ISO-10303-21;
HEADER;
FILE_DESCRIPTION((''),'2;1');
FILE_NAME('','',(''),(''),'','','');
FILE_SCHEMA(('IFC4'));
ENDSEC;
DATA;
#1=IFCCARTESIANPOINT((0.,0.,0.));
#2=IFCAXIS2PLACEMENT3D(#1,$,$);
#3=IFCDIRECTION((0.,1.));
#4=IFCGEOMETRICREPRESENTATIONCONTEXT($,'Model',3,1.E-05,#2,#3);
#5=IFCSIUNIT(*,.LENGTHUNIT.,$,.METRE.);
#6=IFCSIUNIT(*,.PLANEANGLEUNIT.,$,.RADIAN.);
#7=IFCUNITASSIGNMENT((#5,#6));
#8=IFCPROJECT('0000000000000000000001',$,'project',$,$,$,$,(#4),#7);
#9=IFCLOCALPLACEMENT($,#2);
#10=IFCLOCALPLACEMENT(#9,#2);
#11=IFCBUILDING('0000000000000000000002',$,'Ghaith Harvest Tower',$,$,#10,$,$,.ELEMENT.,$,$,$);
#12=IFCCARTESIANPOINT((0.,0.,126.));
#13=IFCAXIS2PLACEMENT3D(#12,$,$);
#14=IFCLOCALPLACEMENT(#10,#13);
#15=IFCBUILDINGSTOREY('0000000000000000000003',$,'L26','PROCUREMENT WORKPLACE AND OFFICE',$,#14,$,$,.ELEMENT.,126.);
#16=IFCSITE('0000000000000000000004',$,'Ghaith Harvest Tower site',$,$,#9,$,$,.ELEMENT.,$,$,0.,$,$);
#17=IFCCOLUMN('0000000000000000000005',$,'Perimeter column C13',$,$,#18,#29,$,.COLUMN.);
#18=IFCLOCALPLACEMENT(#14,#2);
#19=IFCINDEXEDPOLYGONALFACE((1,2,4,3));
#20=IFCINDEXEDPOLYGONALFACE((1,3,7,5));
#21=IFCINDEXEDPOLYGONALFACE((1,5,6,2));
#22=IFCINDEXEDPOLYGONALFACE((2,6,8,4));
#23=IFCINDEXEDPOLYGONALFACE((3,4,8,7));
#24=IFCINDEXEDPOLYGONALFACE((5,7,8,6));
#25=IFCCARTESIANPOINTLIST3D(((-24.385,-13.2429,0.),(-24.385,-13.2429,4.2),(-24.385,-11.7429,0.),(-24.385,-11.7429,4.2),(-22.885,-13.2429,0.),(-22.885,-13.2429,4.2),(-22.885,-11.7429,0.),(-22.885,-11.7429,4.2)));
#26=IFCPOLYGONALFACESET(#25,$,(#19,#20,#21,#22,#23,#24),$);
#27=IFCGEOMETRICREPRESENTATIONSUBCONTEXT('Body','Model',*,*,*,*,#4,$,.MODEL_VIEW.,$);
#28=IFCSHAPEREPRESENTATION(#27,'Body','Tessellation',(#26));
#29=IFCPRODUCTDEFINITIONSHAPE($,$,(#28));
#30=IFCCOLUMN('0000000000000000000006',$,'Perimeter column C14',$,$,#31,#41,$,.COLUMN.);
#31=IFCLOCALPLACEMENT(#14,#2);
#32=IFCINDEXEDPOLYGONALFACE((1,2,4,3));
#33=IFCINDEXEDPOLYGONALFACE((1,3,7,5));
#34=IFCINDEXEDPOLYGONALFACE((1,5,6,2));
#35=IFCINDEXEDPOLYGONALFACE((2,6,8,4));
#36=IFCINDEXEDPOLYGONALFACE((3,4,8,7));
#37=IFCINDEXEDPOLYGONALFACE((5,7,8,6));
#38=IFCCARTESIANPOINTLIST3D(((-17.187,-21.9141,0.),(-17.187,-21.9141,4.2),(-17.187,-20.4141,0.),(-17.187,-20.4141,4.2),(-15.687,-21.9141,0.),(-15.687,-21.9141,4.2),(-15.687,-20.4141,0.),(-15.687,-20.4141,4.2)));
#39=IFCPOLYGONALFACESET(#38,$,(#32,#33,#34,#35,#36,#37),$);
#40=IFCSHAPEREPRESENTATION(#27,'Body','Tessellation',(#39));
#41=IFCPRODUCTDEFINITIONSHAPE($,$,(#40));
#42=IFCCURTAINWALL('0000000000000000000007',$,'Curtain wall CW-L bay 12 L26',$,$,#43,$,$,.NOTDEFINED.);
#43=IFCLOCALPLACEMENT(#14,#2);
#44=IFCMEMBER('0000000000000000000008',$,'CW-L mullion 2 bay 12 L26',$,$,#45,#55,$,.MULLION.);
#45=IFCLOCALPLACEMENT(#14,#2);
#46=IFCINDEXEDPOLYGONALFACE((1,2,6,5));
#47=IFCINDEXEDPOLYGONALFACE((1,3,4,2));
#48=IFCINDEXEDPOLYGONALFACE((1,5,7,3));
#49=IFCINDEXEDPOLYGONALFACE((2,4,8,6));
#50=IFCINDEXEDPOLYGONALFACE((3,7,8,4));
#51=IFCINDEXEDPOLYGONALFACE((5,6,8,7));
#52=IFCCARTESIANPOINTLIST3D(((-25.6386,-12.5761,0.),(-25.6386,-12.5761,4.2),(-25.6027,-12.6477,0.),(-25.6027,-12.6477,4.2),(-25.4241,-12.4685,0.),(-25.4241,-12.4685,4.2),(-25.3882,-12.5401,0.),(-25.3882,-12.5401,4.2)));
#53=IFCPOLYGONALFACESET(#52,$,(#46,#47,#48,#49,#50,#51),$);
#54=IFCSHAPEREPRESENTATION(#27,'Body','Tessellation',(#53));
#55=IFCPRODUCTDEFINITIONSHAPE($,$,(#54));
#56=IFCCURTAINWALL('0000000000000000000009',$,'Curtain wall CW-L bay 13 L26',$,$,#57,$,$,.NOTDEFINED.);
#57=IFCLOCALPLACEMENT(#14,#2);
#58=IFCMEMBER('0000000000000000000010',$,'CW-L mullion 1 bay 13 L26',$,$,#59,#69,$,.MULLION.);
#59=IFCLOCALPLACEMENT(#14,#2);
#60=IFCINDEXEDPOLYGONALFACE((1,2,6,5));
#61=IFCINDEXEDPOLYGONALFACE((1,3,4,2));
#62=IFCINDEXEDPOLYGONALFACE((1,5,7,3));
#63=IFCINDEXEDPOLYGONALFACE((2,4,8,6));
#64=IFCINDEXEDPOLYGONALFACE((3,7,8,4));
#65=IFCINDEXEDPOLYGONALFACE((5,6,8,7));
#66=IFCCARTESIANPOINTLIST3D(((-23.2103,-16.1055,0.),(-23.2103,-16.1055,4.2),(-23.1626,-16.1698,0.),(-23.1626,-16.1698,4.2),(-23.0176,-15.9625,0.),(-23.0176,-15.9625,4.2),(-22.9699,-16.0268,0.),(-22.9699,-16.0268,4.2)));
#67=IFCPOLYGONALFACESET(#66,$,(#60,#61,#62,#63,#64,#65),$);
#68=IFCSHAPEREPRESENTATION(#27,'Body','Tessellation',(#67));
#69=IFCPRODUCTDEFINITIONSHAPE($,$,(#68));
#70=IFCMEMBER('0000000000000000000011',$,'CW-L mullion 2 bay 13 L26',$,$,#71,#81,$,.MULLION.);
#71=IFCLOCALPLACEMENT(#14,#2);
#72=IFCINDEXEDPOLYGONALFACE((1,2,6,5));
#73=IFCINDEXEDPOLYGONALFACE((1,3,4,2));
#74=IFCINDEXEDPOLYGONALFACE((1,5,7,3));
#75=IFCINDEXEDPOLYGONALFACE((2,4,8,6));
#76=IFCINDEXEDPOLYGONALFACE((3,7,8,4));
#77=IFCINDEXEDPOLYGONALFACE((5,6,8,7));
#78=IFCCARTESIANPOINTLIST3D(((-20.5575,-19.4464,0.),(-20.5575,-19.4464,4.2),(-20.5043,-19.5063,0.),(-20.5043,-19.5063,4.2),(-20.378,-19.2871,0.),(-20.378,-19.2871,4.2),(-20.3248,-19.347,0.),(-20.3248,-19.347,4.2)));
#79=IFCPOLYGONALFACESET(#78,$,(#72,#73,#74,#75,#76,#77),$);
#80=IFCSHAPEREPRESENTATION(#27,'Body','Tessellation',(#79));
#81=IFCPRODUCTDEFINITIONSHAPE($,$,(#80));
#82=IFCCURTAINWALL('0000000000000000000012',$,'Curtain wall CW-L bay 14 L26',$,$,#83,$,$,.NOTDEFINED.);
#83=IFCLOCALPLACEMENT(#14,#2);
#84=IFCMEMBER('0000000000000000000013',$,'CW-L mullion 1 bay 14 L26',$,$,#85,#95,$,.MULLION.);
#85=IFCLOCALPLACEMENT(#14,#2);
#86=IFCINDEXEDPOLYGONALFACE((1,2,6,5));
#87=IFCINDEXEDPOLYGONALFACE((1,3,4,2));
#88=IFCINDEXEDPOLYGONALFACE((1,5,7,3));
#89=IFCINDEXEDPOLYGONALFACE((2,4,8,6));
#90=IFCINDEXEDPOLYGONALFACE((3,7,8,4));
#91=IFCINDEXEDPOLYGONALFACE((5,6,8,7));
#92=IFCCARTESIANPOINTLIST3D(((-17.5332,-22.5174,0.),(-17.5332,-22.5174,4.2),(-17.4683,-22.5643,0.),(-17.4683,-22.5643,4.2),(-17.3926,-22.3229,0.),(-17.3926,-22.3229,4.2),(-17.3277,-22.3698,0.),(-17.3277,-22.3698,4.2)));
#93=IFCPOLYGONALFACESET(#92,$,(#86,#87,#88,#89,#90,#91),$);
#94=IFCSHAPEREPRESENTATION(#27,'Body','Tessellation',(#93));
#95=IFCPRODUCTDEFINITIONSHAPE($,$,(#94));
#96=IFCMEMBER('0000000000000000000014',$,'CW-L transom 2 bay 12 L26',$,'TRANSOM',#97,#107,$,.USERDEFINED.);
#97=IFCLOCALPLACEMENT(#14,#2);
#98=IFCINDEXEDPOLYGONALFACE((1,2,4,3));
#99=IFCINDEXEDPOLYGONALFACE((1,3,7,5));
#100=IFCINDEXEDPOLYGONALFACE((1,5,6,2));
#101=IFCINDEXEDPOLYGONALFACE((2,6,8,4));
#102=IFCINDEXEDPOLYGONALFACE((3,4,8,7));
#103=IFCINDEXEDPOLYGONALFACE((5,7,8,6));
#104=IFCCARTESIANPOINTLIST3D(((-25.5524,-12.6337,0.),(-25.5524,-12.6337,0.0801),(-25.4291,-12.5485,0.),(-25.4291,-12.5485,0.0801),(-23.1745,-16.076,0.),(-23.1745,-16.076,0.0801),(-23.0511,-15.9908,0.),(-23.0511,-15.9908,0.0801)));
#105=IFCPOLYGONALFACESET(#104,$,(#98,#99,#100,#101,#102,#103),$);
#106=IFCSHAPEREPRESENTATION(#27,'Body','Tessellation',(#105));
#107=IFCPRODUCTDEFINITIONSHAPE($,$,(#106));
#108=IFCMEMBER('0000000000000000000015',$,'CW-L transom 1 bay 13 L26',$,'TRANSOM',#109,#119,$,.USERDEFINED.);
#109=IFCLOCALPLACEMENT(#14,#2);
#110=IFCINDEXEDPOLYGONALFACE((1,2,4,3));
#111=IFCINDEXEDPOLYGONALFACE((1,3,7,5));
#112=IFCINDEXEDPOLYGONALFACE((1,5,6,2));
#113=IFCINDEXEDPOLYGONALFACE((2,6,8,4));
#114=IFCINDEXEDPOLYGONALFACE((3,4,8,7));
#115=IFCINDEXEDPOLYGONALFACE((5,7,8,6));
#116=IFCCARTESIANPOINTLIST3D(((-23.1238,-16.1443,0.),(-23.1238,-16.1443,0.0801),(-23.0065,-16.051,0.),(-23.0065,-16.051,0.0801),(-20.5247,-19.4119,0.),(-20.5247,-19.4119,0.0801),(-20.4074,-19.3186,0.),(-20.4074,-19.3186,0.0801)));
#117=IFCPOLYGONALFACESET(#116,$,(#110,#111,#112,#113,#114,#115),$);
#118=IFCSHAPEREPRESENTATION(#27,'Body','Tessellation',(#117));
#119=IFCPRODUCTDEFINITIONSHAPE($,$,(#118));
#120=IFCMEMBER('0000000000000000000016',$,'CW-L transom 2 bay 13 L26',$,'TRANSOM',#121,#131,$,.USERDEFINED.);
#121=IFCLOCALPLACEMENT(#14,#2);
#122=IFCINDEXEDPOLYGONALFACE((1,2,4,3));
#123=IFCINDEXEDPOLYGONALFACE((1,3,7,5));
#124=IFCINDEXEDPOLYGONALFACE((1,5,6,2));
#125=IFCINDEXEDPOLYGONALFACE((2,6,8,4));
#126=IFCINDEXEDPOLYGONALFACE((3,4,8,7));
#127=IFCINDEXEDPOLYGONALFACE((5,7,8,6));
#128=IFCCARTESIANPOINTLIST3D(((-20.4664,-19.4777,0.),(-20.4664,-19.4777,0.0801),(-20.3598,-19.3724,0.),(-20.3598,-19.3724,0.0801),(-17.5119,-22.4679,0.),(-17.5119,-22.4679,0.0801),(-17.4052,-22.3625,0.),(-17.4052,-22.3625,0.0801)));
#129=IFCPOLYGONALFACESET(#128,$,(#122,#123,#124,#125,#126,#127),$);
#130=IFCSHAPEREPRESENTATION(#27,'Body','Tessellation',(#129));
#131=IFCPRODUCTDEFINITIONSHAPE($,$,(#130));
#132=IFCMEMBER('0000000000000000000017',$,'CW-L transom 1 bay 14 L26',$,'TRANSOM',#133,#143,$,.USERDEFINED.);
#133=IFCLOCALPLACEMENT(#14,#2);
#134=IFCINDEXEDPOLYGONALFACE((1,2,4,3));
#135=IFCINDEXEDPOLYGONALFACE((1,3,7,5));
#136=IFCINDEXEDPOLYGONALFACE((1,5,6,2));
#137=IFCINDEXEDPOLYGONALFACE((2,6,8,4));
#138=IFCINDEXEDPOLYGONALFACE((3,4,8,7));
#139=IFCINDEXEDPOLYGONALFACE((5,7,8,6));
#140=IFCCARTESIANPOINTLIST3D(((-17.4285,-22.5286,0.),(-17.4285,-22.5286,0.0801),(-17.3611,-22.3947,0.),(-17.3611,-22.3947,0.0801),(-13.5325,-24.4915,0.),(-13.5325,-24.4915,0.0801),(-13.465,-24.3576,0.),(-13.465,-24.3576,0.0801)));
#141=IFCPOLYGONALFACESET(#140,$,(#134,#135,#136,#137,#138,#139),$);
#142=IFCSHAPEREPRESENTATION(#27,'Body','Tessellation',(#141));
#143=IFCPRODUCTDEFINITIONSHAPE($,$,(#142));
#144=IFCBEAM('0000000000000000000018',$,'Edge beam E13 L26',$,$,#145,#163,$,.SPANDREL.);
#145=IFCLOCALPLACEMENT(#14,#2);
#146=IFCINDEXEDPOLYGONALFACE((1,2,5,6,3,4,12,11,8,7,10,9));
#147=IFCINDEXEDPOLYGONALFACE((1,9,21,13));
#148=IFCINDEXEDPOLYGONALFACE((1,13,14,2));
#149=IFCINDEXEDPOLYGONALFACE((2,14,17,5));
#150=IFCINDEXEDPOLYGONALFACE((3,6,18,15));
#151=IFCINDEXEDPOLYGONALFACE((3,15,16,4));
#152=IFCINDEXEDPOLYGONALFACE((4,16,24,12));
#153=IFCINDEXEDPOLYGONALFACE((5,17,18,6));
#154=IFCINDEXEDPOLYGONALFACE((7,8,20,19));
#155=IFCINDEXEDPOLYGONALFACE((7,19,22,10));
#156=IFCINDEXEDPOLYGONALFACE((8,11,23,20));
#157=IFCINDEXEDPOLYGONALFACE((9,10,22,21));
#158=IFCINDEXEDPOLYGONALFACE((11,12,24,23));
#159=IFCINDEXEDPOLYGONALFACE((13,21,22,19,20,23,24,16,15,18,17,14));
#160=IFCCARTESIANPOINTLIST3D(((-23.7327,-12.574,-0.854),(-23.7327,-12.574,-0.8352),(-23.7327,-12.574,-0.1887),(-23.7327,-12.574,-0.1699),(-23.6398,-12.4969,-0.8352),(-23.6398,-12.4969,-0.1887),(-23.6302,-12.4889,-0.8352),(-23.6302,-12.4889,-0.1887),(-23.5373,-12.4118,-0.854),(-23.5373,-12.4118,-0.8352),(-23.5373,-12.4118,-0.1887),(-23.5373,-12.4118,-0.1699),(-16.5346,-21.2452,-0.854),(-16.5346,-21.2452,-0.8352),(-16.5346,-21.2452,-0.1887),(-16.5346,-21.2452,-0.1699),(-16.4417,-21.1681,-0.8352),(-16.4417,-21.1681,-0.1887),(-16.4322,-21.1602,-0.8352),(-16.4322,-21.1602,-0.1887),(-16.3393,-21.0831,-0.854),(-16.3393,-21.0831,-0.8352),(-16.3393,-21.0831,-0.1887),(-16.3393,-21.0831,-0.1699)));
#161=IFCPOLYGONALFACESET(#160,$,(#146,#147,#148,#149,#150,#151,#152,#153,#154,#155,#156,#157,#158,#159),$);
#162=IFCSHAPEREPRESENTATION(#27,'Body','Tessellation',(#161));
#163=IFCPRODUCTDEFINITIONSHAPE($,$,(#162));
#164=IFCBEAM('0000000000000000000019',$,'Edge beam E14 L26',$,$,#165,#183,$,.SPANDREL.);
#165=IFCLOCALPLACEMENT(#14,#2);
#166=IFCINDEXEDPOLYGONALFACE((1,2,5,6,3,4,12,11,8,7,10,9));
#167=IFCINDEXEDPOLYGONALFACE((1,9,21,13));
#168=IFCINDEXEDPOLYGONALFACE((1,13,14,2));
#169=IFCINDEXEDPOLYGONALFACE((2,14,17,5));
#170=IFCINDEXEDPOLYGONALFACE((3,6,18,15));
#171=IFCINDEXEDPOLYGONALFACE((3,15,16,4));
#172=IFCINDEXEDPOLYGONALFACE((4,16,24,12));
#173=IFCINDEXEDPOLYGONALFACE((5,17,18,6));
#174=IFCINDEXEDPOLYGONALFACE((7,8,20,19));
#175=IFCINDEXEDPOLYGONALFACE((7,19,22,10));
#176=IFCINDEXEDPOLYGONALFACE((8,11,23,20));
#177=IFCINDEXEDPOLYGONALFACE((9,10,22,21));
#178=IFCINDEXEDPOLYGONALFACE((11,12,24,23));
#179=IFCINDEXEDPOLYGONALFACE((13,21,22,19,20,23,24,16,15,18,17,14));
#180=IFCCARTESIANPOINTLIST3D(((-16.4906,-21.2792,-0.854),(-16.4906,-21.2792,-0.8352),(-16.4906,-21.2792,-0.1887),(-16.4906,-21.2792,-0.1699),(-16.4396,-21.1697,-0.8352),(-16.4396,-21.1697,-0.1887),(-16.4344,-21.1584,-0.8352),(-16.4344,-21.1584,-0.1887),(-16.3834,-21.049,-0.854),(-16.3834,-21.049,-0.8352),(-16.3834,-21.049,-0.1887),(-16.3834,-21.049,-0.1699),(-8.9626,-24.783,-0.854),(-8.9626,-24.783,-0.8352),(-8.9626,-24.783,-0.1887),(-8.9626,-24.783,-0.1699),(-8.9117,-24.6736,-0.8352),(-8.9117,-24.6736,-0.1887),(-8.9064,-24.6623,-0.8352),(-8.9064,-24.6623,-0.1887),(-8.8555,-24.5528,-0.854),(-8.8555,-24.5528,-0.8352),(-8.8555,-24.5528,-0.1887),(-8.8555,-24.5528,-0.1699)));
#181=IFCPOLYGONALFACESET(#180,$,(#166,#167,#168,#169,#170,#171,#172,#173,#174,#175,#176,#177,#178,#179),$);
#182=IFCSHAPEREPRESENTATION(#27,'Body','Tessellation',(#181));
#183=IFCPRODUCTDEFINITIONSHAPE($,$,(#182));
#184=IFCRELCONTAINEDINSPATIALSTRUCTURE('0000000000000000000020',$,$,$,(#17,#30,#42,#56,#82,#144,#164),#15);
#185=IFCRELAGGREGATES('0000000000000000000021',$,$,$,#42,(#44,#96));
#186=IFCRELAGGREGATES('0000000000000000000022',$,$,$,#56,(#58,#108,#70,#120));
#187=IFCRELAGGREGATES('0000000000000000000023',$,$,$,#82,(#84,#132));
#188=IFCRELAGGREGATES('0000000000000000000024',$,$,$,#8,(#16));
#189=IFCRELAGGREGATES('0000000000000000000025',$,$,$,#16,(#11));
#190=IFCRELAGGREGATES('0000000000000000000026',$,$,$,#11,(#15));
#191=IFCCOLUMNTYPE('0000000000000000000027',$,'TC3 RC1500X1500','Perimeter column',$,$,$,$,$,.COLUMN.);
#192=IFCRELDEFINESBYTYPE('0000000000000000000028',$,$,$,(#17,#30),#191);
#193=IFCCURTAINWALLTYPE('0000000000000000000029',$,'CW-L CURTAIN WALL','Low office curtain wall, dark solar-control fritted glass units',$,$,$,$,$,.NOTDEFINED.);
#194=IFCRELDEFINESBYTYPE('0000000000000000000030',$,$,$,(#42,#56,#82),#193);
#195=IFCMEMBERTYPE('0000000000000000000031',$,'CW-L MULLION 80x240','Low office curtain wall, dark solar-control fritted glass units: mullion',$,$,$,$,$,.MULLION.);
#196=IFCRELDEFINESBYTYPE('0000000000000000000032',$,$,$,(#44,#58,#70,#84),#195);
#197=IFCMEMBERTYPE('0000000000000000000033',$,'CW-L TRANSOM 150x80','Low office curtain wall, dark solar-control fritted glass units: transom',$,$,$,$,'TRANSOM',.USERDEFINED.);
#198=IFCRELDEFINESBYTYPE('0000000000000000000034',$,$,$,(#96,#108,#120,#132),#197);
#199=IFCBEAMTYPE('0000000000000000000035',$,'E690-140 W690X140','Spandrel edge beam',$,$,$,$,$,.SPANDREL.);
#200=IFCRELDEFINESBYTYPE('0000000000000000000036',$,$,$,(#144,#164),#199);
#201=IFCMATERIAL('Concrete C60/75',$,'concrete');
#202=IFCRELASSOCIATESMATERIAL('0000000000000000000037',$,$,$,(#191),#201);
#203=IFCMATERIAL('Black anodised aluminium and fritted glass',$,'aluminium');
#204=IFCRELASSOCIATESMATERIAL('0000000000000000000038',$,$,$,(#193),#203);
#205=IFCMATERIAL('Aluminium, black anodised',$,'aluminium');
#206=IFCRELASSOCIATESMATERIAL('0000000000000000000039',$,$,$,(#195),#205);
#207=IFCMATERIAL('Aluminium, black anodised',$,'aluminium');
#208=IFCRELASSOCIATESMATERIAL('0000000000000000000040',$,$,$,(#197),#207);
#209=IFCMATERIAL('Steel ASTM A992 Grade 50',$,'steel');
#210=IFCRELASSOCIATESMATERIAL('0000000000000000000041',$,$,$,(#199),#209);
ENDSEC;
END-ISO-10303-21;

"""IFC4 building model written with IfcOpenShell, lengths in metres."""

from ifc_helpers import new_model, si_unit, direction, frame, origin, origin_2d, place, context, subcontext, project, spatial, rectangle, i_section, extrude, material, material_profile, profile_set, type_object, element, aggregate, save


model = new_model("IFC4")

# Units and contexts
model_context = context("Model", 3, precision=1e-05, world=origin(), true_north=direction((0.0, 1.0)))
body_context = subcontext(model_context, "Body", "Model", "MODEL_VIEW")
ifc_project = project(units=[si_unit("LENGTHUNIT", "METRE"), si_unit("PLANEANGLEUNIT", "RADIAN")], contexts=[model_context])

# Site, building, storey
site_placement = place(None, origin())
site = spatial("IfcSite", under=ifc_project, at=site_placement, Name="Ghaith Harvest Tower site", CompositionType="ELEMENT", RefElevation=0.0)
building_placement = place(site_placement, origin())
building = spatial("IfcBuilding", under=site, at=building_placement, Name="Ghaith Harvest Tower", CompositionType="ELEMENT")
storey_placement = place(building_placement, frame((0.0, 0.0, 126.0)))
storey = spatial("IfcBuildingStorey", under=building, at=storey_placement, Name="L26", Description="PROCUREMENT WORKPLACE AND OFFICE", CompositionType="ELEMENT", Elevation=126.0)

# Columns
ifc_material_1 = material(Name="Concrete C60/75", Category="concrete")
ifc_material_profile_1 = material_profile(ifc_material_1, rectangle(XDim=1.5, YDim=1.5, at=origin_2d()), Name="RC1500X1500")
ifc_profile_set_1 = profile_set([ifc_material_profile_1], Name="Concrete C60/75")
column_type = type_object("IfcColumnType", Name="TC3 RC1500X1500", Description="Perimeter column", PredefinedType="COLUMN", material=ifc_profile_set_1)
for number, where, z_axis, x_axis, name in (
    (1, (-23.635, -12.4929, 0.0), (0.0, 0.0, 1.0), (1.0, 0.0, 0.0), "Perimeter column C13"),
    (2, (-16.437, -21.1641, 0.0), (0.0, 0.0, 1.0), (1.0, 0.0, 0.0), "Perimeter column C14"),
):
    element("IfcColumn", number, at=place(storey_placement, frame(where, z_axis=z_axis, x_axis=x_axis)), inside=storey, type_object=column_type, Name=name, PredefinedType="COLUMN", context=body_context, shape_type="SweptSolid", body=[
        extrude(rectangle(XDim=1.5, YDim=1.5, at=origin_2d()), origin(), (0.0, 0.0, 1.0), 4.2),
    ])

# Curtain wall, member
ifc_material_2 = material(Name="Black anodised aluminium and fritted glass", Category="aluminium")
curtain_wall_type = type_object("IfcCurtainWallType", Name="CW-L CURTAIN WALL", Description="Low office curtain wall, dark solar-control fritted glass units", PredefinedType="NOTDEFINED", material=ifc_material_2)
curtain_wall_1_placement = place(storey_placement, origin())
curtain_wall_1 = element("IfcCurtainWall", 3, at=curtain_wall_1_placement, inside=storey, type_object=curtain_wall_type, Name="Curtain wall CW-L bay 12 L26", PredefinedType="NOTDEFINED")
ifc_material_3 = material(Name="Aluminium, black anodised", Category="aluminium")
ifc_material_profile_2 = material_profile(ifc_material_3, rectangle(XDim=0.0801, YDim=0.24, at=origin_2d()), Name="CW-L MULLION 80x240")
ifc_profile_set_2 = profile_set([ifc_material_profile_2], Name="Aluminium, black anodised")
member_type_1 = type_object("IfcMemberType", Name="CW-L MULLION 80x240", Description="Low office curtain wall, dark solar-control fritted glass units: mullion", PredefinedType="MULLION", material=ifc_profile_set_2)
member_1_placement = place(storey_placement, frame((-25.5134, -12.5581, 0.0), z_axis=(0.0, 0.0, 1.0), x_axis=(0.448267, -0.8939, 0.0)))
member_1 = element("IfcMember", 4, at=member_1_placement, type_object=member_type_1, Name="CW-L mullion 2 bay 12 L26", PredefinedType="MULLION", context=body_context, shape_type="SweptSolid", body=[
    extrude(rectangle(XDim=0.0801, YDim=0.24, at=origin_2d()), origin(), (0.0, 0.0, 1.0), 4.2),
])

# Curtain wall, members
curtain_wall_2_placement = place(storey_placement, origin())
curtain_wall_2 = element("IfcCurtainWall", 5, at=curtain_wall_2_placement, inside=storey, type_object=curtain_wall_type, Name="Curtain wall CW-L bay 13 L26", PredefinedType="NOTDEFINED")
member_2_placement = place(storey_placement, frame((-23.0901, -16.0662, 0.0), z_axis=(0.0, 0.0, 1.0), x_axis=(0.59574, -0.803177, 0.0)))
member_2 = element("IfcMember", 6, at=member_2_placement, type_object=member_type_1, Name="CW-L mullion 1 bay 13 L26", PredefinedType="MULLION", context=body_context, shape_type="SweptSolid", body=[
    extrude(rectangle(XDim=0.0801, YDim=0.24, at=origin_2d()), origin(), (0.0, 0.0, 1.0), 4.2),
])
member_3_placement = place(storey_placement, frame((-20.4412, -19.3967, 0.0), z_axis=(0.0, 0.0, 1.0), x_axis=(0.663765, -0.747941, 0.0)))
member_3 = element("IfcMember", 7, at=member_3_placement, type_object=member_type_1, Name="CW-L mullion 2 bay 13 L26", PredefinedType="MULLION", context=body_context, shape_type="SweptSolid", body=[
    extrude(rectangle(XDim=0.0801, YDim=0.24, at=origin_2d()), origin(), (0.0, 0.0, 1.0), 4.2),
])

# Curtain wall, member
curtain_wall_3_placement = place(storey_placement, origin())
curtain_wall_3 = element("IfcCurtainWall", 8, at=curtain_wall_3_placement, inside=storey, type_object=curtain_wall_type, Name="Curtain wall CW-L bay 14 L26", PredefinedType="NOTDEFINED")
member_4_placement = place(storey_placement, frame((-17.4304, -22.4436, 0.0), z_axis=(0.0, 0.0, 1.0), x_axis=(0.810339, -0.585961, 0.0)))
member_4 = element("IfcMember", 9, at=member_4_placement, type_object=member_type_1, Name="CW-L mullion 1 bay 14 L26", PredefinedType="MULLION", context=body_context, shape_type="SweptSolid", body=[
    extrude(rectangle(XDim=0.0801, YDim=0.24, at=origin_2d()), origin(), (0.0, 0.0, 1.0), 4.2),
])

# Members
ifc_material_4 = material(Name="Aluminium, black anodised", Category="aluminium")
ifc_material_profile_3 = material_profile(ifc_material_4, rectangle(XDim=0.1499, YDim=0.0801, at=origin_2d()), Name="CW-L TRANSOM 150x80")
ifc_profile_set_3 = profile_set([ifc_material_profile_3], Name="Aluminium, black anodised")
member_type_2 = type_object("IfcMemberType", Name="CW-L TRANSOM 150x80", Description="Low office curtain wall, dark solar-control fritted glass units: transom", ElementType="TRANSOM", PredefinedType="USERDEFINED", material=ifc_profile_set_3)
member_5_placement = place(storey_placement, frame((-25.4907, -12.5911, 0.04), z_axis=(0.56836, -0.82278, 0.0), x_axis=(0.82278, 0.56836, 0.0)))
member_5 = element("IfcMember", 10, at=member_5_placement, type_object=member_type_2, Name="CW-L transom 2 bay 12 L26", ObjectType="TRANSOM", PredefinedType="USERDEFINED", context=body_context, shape_type="SweptSolid", body=[
    extrude(rectangle(XDim=0.1499, YDim=0.0801, at=origin_2d()), origin(), (0.0, 0.0, 1.0), 4.1838),
])
member_6_placement = place(storey_placement, frame((-23.0652, -16.0977, 0.04), z_axis=(0.622511, -0.782611, 0.0), x_axis=(0.782611, 0.622511, 0.0)))
member_6 = element("IfcMember", 11, at=member_6_placement, type_object=member_type_2, Name="CW-L transom 1 bay 13 L26", ObjectType="TRANSOM", PredefinedType="USERDEFINED", context=body_context, shape_type="SweptSolid", body=[
    extrude(rectangle(XDim=0.1499, YDim=0.0801, at=origin_2d()), origin(), (0.0, 0.0, 1.0), 4.1753),
])
member_7_placement = place(storey_placement, frame((-20.4131, -19.425, 0.04), z_axis=(0.702854, -0.711334, 0.0), x_axis=(0.711334, 0.702854, 0.0)))
member_7 = element("IfcMember", 12, at=member_7_placement, type_object=member_type_2, Name="CW-L transom 2 bay 13 L26", ObjectType="TRANSOM", PredefinedType="USERDEFINED", context=body_context, shape_type="SweptSolid", body=[
    extrude(rectangle(XDim=0.1499, YDim=0.0801, at=origin_2d()), origin(), (0.0, 0.0, 1.0), 4.2036),
])
member_8_placement = place(storey_placement, frame((-17.3948, -22.4617, 0.04), z_axis=(0.893058, -0.449943, 0.0), x_axis=(0.449943, 0.893058, 0.0)))
member_8 = element("IfcMember", 13, at=member_8_placement, type_object=member_type_2, Name="CW-L transom 1 bay 14 L26", ObjectType="TRANSOM", PredefinedType="USERDEFINED", context=body_context, shape_type="SweptSolid", body=[
    extrude(rectangle(XDim=0.1499, YDim=0.0801, at=origin_2d()), origin(), (0.0, 0.0, 1.0), 4.3625),
])

# Beams
ifc_material_5 = material(Name="Steel ASTM A992 Grade 50", Category="steel")
ifc_material_profile_4 = material_profile(ifc_material_5, i_section(OverallWidth=0.2539, OverallDepth=0.6841, WebThickness=0.0125, FlangeThickness=0.0188, at=origin_2d()), Name="W690X140")
ifc_profile_set_4 = profile_set([ifc_material_profile_4], Name="Steel ASTM A992 Grade 50")
beam_type = type_object("IfcBeamType", Name="E690-140 W690X140", Description="Spandrel edge beam", PredefinedType="SPANDREL", material=ifc_profile_set_4)
beam_1_placement = place(storey_placement, frame((-23.635, -12.4929, -0.512), z_axis=(0.638719, -0.76944, 0.0), x_axis=(0.76944, 0.638719, 0.0)))
element("IfcBeam", 14, at=beam_1_placement, inside=storey, type_object=beam_type, Name="Edge beam E13 L26", PredefinedType="SPANDREL", context=body_context, shape_type="SweptSolid", body=[
    extrude(i_section(OverallWidth=0.2539, OverallDepth=0.6841, WebThickness=0.0125, FlangeThickness=0.0188, at=origin_2d()), origin(), (0.0, 0.0, 1.0), 11.2695),
])
beam_2_placement = place(storey_placement, frame((-16.437, -21.1641, -0.512), z_axis=(0.906607, -0.421976, 0.0), x_axis=(0.421976, 0.906607, 0.0)))
element("IfcBeam", 15, at=beam_2_placement, inside=storey, type_object=beam_type, Name="Edge beam E14 L26", PredefinedType="SPANDREL", context=body_context, shape_type="SweptSolid", body=[
    extrude(i_section(OverallWidth=0.2539, OverallDepth=0.6841, WebThickness=0.0125, FlangeThickness=0.0188, at=origin_2d()), origin(), (0.0, 0.0, 1.0), 8.3035),
])

aggregate(curtain_wall_1, [member_1, member_5])
aggregate(curtain_wall_2, [member_2, member_6, member_3, member_7])
aggregate(curtain_wall_3, [member_4, member_8])

save(model, "model.ifc")
